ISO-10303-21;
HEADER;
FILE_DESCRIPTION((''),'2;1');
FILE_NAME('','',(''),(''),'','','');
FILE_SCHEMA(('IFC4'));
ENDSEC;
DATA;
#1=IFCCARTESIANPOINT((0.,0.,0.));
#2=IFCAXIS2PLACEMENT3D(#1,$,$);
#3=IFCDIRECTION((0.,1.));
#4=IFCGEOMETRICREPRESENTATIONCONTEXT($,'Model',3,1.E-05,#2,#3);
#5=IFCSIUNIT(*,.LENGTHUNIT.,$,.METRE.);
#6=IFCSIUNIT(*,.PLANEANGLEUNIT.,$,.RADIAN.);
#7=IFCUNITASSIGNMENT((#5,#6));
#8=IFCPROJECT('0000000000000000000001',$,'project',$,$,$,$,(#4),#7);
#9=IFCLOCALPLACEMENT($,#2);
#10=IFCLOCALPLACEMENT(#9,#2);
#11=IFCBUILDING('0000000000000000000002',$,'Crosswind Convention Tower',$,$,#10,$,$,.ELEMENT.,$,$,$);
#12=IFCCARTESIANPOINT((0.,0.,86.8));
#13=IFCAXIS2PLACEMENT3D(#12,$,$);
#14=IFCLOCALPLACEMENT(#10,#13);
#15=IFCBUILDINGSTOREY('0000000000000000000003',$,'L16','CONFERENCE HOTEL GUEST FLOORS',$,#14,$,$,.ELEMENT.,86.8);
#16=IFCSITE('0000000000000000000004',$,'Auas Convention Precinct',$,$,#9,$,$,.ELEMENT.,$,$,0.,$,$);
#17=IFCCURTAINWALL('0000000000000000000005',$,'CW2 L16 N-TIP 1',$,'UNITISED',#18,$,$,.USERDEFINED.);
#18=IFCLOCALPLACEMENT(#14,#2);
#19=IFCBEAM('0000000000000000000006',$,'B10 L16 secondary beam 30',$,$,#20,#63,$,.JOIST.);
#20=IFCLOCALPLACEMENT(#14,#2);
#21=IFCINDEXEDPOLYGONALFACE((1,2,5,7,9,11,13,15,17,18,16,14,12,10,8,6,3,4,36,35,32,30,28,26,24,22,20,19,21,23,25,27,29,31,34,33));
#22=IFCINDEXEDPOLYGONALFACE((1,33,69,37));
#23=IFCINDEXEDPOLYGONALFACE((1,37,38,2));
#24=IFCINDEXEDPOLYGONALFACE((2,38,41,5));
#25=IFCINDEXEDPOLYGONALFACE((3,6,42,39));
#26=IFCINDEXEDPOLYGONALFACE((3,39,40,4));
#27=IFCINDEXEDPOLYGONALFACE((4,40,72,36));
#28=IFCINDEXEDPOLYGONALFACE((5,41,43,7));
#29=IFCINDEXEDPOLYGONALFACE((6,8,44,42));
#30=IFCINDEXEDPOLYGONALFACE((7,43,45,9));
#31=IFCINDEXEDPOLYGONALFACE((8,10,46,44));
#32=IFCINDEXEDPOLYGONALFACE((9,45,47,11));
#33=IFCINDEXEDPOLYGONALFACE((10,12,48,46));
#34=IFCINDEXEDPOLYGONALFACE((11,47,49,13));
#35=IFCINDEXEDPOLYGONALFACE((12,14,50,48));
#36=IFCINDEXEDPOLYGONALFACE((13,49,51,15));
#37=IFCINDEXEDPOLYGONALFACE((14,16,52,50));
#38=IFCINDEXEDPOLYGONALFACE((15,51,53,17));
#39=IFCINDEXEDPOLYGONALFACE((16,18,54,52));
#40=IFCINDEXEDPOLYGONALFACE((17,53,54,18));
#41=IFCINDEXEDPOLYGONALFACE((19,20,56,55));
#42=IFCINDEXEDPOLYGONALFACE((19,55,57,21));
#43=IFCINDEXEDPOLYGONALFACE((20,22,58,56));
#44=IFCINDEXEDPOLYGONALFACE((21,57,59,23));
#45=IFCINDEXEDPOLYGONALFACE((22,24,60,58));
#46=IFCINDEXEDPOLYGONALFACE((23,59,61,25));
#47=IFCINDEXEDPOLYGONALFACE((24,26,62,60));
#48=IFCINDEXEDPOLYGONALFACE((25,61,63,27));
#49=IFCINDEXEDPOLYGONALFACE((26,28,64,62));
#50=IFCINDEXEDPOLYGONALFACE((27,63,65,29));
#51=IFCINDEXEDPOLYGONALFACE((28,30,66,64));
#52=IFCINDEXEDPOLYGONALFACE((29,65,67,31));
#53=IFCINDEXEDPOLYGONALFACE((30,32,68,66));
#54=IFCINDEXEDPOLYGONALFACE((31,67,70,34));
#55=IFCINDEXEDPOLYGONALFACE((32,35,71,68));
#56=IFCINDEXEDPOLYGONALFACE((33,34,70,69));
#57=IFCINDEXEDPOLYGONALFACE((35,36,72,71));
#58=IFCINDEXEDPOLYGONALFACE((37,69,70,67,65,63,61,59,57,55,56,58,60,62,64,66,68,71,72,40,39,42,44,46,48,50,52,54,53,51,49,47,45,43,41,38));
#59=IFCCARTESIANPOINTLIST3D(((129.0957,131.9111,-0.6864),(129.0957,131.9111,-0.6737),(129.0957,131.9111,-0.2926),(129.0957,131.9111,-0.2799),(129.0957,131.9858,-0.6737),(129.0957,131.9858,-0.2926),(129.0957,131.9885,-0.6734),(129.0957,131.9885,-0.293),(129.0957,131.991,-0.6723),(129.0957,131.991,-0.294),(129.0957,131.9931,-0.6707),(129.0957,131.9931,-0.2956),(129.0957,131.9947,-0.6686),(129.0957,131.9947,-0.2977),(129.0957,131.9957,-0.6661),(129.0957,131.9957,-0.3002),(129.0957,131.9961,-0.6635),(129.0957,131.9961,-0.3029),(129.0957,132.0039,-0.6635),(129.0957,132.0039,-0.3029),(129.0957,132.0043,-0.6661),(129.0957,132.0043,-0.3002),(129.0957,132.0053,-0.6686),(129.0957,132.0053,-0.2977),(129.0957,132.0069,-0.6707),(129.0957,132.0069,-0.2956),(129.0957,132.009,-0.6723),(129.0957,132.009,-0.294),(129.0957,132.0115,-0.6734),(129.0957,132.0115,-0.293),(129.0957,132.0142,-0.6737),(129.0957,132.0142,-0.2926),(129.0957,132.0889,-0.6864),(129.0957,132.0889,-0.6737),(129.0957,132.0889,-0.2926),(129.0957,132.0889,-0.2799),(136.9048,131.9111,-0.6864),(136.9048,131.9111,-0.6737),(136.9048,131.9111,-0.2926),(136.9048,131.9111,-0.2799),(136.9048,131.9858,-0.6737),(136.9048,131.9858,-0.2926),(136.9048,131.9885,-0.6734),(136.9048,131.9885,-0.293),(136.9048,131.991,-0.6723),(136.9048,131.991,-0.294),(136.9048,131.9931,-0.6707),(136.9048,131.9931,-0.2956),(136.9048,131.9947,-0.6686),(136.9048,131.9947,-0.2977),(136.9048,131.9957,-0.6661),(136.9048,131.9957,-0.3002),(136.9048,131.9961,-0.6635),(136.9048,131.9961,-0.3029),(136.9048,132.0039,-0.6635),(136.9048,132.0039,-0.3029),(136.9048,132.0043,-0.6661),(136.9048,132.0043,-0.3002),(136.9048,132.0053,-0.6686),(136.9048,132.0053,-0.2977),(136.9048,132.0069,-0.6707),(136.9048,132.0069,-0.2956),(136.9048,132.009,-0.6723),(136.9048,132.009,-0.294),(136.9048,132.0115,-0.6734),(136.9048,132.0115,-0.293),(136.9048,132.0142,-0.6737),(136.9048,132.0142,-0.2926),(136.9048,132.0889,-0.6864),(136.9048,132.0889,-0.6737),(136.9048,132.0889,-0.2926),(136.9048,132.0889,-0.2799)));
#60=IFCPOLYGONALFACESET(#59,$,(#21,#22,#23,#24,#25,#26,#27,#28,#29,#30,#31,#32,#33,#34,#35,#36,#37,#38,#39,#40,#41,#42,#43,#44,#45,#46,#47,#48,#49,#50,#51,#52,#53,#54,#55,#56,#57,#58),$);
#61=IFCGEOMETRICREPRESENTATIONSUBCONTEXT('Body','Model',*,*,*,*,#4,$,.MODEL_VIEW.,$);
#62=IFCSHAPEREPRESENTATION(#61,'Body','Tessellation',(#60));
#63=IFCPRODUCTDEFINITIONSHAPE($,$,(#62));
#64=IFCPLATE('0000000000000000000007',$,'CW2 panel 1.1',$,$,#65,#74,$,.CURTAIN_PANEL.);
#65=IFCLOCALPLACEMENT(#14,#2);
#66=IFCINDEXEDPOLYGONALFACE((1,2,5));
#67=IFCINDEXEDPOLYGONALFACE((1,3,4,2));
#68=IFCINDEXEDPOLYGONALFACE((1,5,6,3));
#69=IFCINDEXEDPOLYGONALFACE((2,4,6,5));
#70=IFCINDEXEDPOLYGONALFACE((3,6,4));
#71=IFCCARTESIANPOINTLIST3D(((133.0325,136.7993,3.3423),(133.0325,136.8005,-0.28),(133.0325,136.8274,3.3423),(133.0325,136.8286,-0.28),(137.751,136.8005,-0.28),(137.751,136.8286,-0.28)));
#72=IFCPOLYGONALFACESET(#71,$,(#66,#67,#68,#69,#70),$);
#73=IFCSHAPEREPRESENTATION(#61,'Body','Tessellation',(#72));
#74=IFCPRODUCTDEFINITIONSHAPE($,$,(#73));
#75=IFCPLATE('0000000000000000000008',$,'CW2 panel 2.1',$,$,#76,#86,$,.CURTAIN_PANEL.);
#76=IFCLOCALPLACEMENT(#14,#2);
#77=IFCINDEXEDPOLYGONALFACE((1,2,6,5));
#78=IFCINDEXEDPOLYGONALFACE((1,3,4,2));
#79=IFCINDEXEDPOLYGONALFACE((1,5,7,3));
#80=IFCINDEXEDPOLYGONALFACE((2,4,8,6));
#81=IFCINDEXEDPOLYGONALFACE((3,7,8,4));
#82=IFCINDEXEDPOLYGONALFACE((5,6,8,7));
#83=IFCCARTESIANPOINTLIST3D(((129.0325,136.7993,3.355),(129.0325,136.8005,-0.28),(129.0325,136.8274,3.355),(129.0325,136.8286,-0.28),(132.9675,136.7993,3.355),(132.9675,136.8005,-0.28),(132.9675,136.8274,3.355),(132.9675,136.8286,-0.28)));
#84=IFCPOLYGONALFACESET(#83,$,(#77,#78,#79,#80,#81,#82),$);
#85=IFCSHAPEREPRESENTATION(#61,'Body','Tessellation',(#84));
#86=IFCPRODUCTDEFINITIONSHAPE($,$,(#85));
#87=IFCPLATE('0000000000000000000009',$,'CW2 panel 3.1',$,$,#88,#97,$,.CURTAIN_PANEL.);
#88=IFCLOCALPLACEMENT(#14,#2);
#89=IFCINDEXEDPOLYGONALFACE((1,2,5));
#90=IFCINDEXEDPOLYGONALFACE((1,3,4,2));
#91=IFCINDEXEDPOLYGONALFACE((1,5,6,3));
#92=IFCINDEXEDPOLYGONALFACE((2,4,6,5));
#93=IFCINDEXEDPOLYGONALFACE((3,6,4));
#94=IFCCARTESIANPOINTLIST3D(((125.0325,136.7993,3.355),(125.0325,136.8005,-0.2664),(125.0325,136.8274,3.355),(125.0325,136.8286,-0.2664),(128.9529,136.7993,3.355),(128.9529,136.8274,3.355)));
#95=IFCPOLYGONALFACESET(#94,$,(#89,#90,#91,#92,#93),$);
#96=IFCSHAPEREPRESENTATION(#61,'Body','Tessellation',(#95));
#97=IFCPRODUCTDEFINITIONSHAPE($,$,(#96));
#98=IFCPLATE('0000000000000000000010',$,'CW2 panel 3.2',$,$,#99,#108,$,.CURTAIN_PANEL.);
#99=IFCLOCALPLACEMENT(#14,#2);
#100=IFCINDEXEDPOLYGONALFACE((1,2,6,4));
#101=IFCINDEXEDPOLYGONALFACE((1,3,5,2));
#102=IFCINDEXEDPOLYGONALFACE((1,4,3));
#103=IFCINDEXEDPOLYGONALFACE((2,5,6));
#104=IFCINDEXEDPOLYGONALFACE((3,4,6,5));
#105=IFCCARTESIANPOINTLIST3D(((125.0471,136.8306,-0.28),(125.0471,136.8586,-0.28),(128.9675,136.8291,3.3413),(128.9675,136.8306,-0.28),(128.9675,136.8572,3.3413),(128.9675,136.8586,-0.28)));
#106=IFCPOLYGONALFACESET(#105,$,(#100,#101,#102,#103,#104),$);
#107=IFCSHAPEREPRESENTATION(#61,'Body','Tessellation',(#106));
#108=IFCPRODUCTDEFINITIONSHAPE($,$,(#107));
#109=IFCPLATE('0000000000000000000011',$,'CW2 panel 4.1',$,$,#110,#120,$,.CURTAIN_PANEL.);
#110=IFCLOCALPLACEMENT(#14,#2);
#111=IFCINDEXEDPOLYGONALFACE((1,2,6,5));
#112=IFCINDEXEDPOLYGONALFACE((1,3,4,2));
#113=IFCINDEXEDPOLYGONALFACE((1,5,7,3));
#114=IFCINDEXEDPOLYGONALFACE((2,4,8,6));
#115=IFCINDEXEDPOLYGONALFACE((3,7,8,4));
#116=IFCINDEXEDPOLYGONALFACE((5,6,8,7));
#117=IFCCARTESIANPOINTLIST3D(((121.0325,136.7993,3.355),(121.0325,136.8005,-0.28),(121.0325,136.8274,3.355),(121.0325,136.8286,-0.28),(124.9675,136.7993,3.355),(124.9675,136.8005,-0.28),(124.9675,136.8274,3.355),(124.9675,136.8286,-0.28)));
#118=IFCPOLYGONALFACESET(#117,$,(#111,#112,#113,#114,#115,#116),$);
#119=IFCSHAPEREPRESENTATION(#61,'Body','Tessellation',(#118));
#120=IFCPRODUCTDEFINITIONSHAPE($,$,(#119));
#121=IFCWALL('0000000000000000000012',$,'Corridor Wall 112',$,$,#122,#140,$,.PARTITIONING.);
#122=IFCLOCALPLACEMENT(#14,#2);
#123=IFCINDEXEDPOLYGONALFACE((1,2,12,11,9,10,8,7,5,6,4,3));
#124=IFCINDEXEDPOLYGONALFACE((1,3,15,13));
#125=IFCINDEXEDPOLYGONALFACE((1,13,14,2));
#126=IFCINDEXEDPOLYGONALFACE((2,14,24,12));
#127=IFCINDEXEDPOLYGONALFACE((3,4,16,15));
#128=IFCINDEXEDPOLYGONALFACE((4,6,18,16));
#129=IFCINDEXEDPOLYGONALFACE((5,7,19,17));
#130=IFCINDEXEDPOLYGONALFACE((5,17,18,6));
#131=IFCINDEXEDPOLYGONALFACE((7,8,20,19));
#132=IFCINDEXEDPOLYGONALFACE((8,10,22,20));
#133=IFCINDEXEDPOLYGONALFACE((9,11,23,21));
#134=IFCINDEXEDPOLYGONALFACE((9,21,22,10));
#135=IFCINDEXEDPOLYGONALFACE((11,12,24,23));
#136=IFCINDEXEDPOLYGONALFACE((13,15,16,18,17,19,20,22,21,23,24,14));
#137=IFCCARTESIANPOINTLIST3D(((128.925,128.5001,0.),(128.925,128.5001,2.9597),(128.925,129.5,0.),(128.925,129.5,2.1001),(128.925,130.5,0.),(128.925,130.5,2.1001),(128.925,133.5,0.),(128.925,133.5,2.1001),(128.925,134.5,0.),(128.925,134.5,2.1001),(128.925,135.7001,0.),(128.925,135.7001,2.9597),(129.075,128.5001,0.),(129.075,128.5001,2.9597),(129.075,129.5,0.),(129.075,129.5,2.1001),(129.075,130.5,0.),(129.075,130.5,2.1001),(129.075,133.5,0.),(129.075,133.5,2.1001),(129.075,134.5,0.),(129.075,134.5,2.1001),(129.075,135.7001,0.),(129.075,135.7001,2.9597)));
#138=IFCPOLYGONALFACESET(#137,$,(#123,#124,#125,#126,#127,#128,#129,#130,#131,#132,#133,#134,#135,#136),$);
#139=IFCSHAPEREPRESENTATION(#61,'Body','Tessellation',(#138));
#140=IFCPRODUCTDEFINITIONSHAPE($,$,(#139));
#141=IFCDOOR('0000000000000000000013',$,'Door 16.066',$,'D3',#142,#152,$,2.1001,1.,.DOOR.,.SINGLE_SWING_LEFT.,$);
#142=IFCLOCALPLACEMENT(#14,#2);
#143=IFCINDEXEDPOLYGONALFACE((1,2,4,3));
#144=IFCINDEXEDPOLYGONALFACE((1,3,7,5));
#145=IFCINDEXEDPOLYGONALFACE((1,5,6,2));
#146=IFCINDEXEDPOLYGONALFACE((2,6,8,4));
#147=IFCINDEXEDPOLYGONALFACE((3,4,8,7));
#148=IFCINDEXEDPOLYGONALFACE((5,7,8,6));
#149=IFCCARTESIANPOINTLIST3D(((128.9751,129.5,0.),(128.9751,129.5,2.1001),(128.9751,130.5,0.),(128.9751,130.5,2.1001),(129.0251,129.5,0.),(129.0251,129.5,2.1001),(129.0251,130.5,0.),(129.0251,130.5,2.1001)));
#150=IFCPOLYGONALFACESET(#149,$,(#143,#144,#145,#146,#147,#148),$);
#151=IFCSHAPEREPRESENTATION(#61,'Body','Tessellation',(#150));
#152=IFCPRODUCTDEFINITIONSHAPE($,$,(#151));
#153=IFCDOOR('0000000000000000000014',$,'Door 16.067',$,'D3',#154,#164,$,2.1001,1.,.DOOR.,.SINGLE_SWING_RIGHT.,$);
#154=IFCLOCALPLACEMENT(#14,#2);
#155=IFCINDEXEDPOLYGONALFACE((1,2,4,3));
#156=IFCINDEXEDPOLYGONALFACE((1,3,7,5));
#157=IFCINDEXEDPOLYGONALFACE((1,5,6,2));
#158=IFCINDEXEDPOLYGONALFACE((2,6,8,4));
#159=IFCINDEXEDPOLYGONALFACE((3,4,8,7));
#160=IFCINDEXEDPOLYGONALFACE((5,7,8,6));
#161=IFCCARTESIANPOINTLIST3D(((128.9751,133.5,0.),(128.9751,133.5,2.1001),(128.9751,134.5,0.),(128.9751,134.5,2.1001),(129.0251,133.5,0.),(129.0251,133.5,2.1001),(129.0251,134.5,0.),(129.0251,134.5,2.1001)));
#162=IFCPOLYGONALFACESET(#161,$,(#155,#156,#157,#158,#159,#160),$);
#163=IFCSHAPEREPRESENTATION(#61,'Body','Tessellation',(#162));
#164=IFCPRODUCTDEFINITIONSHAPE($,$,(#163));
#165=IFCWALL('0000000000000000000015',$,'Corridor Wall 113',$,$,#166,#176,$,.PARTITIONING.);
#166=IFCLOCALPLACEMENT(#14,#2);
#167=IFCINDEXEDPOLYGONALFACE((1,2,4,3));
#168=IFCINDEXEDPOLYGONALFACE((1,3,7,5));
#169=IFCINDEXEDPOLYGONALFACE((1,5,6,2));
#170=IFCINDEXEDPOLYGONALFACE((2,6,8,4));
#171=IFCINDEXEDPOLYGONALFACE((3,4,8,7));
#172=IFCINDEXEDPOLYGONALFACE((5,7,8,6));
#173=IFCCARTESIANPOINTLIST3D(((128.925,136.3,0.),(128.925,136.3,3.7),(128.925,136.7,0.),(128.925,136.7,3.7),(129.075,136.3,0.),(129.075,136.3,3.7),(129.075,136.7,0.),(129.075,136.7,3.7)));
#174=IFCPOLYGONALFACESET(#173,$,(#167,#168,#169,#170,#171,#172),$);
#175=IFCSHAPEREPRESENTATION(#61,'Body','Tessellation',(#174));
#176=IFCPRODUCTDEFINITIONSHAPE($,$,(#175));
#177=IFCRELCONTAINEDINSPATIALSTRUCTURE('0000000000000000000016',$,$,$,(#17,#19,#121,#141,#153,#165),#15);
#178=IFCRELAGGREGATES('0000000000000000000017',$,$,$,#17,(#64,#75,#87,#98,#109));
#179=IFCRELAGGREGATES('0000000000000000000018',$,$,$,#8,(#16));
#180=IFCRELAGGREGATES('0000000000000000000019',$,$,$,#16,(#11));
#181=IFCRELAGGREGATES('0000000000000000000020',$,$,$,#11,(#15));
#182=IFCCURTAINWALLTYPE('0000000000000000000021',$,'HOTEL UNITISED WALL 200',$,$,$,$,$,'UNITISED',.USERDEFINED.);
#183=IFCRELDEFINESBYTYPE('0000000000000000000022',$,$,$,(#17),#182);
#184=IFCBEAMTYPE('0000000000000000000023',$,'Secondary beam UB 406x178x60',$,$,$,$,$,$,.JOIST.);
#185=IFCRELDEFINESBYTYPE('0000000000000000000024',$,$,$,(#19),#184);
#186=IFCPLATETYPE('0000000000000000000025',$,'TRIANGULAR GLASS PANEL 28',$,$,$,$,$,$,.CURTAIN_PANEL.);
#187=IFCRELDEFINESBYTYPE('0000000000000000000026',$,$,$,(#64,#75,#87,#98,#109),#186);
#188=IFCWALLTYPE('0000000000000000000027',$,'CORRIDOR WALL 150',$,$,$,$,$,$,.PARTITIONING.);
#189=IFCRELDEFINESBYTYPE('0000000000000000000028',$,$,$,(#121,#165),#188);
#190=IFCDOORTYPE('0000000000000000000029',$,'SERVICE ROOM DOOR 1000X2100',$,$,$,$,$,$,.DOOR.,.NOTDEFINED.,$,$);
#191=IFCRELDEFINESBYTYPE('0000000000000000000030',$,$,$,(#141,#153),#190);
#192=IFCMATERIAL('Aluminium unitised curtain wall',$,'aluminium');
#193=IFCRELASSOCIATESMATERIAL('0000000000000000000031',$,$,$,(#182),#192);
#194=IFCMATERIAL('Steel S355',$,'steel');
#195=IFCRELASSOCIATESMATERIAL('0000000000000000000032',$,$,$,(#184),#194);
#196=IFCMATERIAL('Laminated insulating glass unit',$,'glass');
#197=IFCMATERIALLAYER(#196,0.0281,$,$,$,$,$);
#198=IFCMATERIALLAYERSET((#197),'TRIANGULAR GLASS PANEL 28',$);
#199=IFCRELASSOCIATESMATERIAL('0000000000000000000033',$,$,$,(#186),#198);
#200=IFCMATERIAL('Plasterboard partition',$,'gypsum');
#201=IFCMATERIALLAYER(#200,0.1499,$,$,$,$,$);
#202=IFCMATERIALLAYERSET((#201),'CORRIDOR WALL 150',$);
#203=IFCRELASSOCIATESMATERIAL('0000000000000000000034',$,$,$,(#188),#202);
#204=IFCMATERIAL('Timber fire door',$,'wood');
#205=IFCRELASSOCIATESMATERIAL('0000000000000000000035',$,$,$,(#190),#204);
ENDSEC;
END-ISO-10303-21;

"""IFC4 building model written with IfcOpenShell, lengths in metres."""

from ifc_helpers import new_model, si_unit, direction, frame, frame_2d, origin, origin_2d, place, context, subcontext, project, spatial, polyline, rectangle, i_section, outline, extrude, material, layer, layer_set, material_profile, profile_set, type_object, element, fill, aggregate, save


model = new_model("IFC4")

# Units and contexts
model_context = context("Model", 3, precision=1e-05, world=origin(), true_north=direction((0.0, 1.0)))
body_context = subcontext(model_context, "Body", "Model", "MODEL_VIEW")
ifc_project = project(units=[si_unit("LENGTHUNIT", "METRE"), si_unit("PLANEANGLEUNIT", "RADIAN")], contexts=[model_context])

# Site, building, storey
site_placement = place(None, origin())
site = spatial("IfcSite", under=ifc_project, at=site_placement, Name="Auas Convention Precinct", CompositionType="ELEMENT", RefElevation=0.0)
building_placement = place(site_placement, origin())
building = spatial("IfcBuilding", under=site, at=building_placement, Name="Crosswind Convention Tower", CompositionType="ELEMENT")
storey_placement = place(building_placement, frame((0.0, 0.0, 86.8)))
storey = spatial("IfcBuildingStorey", under=building, at=storey_placement, Name="L16", Description="CONFERENCE HOTEL GUEST FLOORS", CompositionType="ELEMENT", Elevation=86.8)

# Shared definitions
ifc_material_1 = material(Name="Steel S355", Category="steel")

# Curtain wall
ifc_material_2 = material(Name="Aluminium unitised curtain wall", Category="aluminium")
curtain_wall_type = type_object("IfcCurtainWallType", Name="HOTEL UNITISED WALL 200", ElementType="UNITISED", PredefinedType="USERDEFINED", material=ifc_material_2)
curtain_wall_placement = place(storey_placement, origin())
curtain_wall = element("IfcCurtainWall", 1, at=curtain_wall_placement, inside=storey, type_object=curtain_wall_type, Name="CW2 L16 N-TIP 1", ObjectType="UNITISED", PredefinedType="USERDEFINED")

# Beam
ifc_material_profile_1 = material_profile(ifc_material_1, i_section(OverallWidth=0.1777, OverallDepth=0.4065, WebThickness=0.0078, FlangeThickness=0.0127, FilletRadius=0.0103, at=origin_2d()), Name="UB 406x178x60")
ifc_profile_set_1 = profile_set([ifc_material_profile_1], Name="Steel S355")
beam_type_1 = type_object("IfcBeamType", Name="Secondary beam UB 406x178x60", PredefinedType="JOIST", material=ifc_profile_set_1)
beam_1_placement = place(storey_placement, frame((129.0957, 132.0, -0.4832), z_axis=(1.0, 0.0, 0.0), x_axis=(0.0, 1.0, 0.0)))
element("IfcBeam", 2, at=beam_1_placement, inside=storey, type_object=beam_type_1, Name="B10 L16 secondary beam 30", PredefinedType="JOIST", context=body_context, shape_type="SweptSolid", body=[
    extrude(i_section(OverallWidth=0.1777, OverallDepth=0.4065, WebThickness=0.0078, FlangeThickness=0.0127, FilletRadius=0.0103, at=origin_2d()), origin(), (0.0, 0.0, 1.0), 7.8091),
])

# Plates
ifc_material_3 = material(Name="Laminated insulating glass unit", Category="glass")
ifc_layer_1 = layer(ifc_material_3, 0.0281)
ifc_layer_set_1 = layer_set([ifc_layer_1], Name="TRIANGULAR GLASS PANEL 28")
plate_type = type_object("IfcPlateType", Name="TRIANGULAR GLASS PANEL 28", PredefinedType="CURTAIN_PANEL", material=ifc_layer_set_1)
plate_1_placement = place(storey_placement, frame((133.0325, 136.8286, -0.28), z_axis=(0.0, 1.0, 0.000337), x_axis=(0.0, -0.000337, 1.0)))
plate_1 = element("IfcPlate", 3, at=plate_1_placement, type_object=plate_type, Name="CW2 panel 1.1", PredefinedType="CURTAIN_PANEL", context=body_context, shape_type="SweptSolid", body=[
    extrude(outline(polyline([(0.0, 0.0), (3.6223, 0.0), (0.0, 4.7185), (0.0, 0.0)])), origin(), (0.0, 0.0, -1.0), 0.0281),
])
plate_2_placement = place(storey_placement, frame((132.9675, 136.8286, -0.28), z_axis=(0.0, 1.0, 0.000336), x_axis=(-1.0, 0.0, 0.0)))
plate_2 = element("IfcPlate", 4, at=plate_2_placement, type_object=plate_type, Name="CW2 panel 2.1", PredefinedType="CURTAIN_PANEL", context=body_context, shape_type="SweptSolid", body=[
    extrude(outline(polyline([(0.0, 0.0), (3.9351, 0.0), (3.9351, 3.635), (0.0, 3.635), (0.0, 0.0)])), origin(), (0.0, 0.0, -1.0), 0.0281),
])
plate_3_placement = place(storey_placement, frame((125.0325, 136.8274, 3.355), z_axis=(0.0, 1.0, 0.000337), x_axis=(1.0, 0.0, 0.0)))
plate_3 = element("IfcPlate", 5, at=plate_3_placement, type_object=plate_type, Name="CW2 panel 3.1", PredefinedType="CURTAIN_PANEL", context=body_context, shape_type="SweptSolid", body=[
    extrude(outline(polyline([(0.0, 0.0), (3.9204, 0.0), (0.0, 3.6213), (0.0, 0.0)])), origin(), (0.0, 0.0, -1.0), 0.0281),
])
plate_4_placement = place(storey_placement, frame((128.9675, 136.8586, -0.28), z_axis=(0.0, 1.0, 0.000405), x_axis=(-1.0, 0.0, 0.0)))
plate_4 = element("IfcPlate", 6, at=plate_4_placement, type_object=plate_type, Name="CW2 panel 3.2", PredefinedType="CURTAIN_PANEL", context=body_context, shape_type="SweptSolid", body=[
    extrude(outline(polyline([(0.0, 0.0), (3.9204, 0.0), (0.0, 3.6213), (0.0, 0.0)])), origin(), (0.0, 0.0, -1.0), 0.0281),
])
plate_5_placement = place(storey_placement, frame((124.9675, 136.8286, -0.28), z_axis=(0.0, 1.0, 0.000336), x_axis=(-1.0, 0.0, 0.0)))
plate_5 = element("IfcPlate", 7, at=plate_5_placement, type_object=plate_type, Name="CW2 panel 4.1", PredefinedType="CURTAIN_PANEL", context=body_context, shape_type="SweptSolid", body=[
    extrude(outline(polyline([(0.0, 0.0), (3.9351, 0.0), (3.9351, 3.635), (0.0, 3.635), (0.0, 0.0)])), origin(), (0.0, 0.0, -1.0), 0.0281),
])
aggregate(curtain_wall, [plate_1, plate_2, plate_3, plate_4, plate_5])

# Wall, openings, doors
ifc_material_4 = material(Name="Plasterboard partition", Category="gypsum")
ifc_layer_2 = layer(ifc_material_4, 0.1499)
ifc_layer_set_2 = layer_set([ifc_layer_2], Name="CORRIDOR WALL 150")
wall_type_1 = type_object("IfcWallType", Name="CORRIDOR WALL 150", PredefinedType="PARTITIONING", material=ifc_layer_set_2)
wall_1_placement = place(storey_placement, frame((129.0, 128.5, 0.0), z_axis=(0.0, 0.0, 1.0), x_axis=(0.0, 1.0, 0.0)))
wall_1 = element("IfcWall", 8, at=wall_1_placement, inside=storey, type_object=wall_type_1, Name="Corridor Wall 112", PredefinedType="PARTITIONING", context=body_context, shape_type="SweptSolid", body=[
    extrude(rectangle(XDim=7.2, YDim=0.1499, at=frame_2d((3.6001, 0.0))), origin(), (0.0, 0.0, 1.0), 2.9597),
])
opening_1_placement = place(wall_1_placement, frame((1.0, 0.0, 0.0)))
opening_1 = element("IfcOpeningElement", 9, at=opening_1_placement, cuts=wall_1, PredefinedType="OPENING", context=body_context, shape_type="SweptSolid", body=[
    extrude(rectangle(XDim=1.0, YDim=2.1001, at=frame_2d((0.5, 1.05))), frame((0.0, 0.085, 0.0), z_axis=(0.0, -1.0, 0.0), x_axis=(1.0, 0.0, 0.0)), (0.0, 0.0, 1.0), 0.1699),
])
opening_2_placement = place(wall_1_placement, frame((5.0, 0.0, 0.0)))
opening_2 = element("IfcOpeningElement", 10, at=opening_2_placement, cuts=wall_1, PredefinedType="OPENING", context=body_context, shape_type="SweptSolid", body=[
    extrude(rectangle(XDim=1.0, YDim=2.1001, at=frame_2d((0.5, 1.05))), frame((0.0, 0.085, 0.0), z_axis=(0.0, -1.0, 0.0), x_axis=(1.0, 0.0, 0.0)), (0.0, 0.0, 1.0), 0.1699),
])
ifc_material_5 = material(Name="Timber fire door", Category="wood")
door_type = type_object("IfcDoorType", Name="SERVICE ROOM DOOR 1000X2100", OperationType="NOTDEFINED", PredefinedType="DOOR", material=ifc_material_5)
door_1_placement = place(opening_1_placement, origin())
door_1 = element("IfcDoor", 11, at=door_1_placement, inside=storey, type_object=door_type, Name="Door 16.066", ObjectType="D3", OperationType="SINGLE_SWING_LEFT", OverallHeight=2.1001, OverallWidth=1.0, PredefinedType="DOOR", context=body_context, shape_type="SweptSolid", body=[
    extrude(rectangle(XDim=1.0, YDim=2.1001, at=frame_2d((0.5, 1.05))), frame((0.0, 0.0249, 0.0), z_axis=(0.0, -1.0, 0.0), x_axis=(1.0, 0.0, 0.0)), (0.0, 0.0, 1.0), 0.05),
])
fill(opening_1, door_1)
door_2_placement = place(opening_2_placement, origin())
door_2 = element("IfcDoor", 12, at=door_2_placement, inside=storey, type_object=door_type, Name="Door 16.067", ObjectType="D3", OperationType="SINGLE_SWING_RIGHT", OverallHeight=2.1001, OverallWidth=1.0, PredefinedType="DOOR", context=body_context, shape_type="SweptSolid", body=[
    extrude(rectangle(XDim=1.0, YDim=2.1001, at=frame_2d((0.5, 1.05))), frame((0.0, 0.0249, 0.0), z_axis=(0.0, -1.0, 0.0), x_axis=(1.0, 0.0, 0.0)), (0.0, 0.0, 1.0), 0.05),
])
fill(opening_2, door_2)

# Wall
wall_2_placement = place(storey_placement, frame((129.0, 136.3, 0.0), z_axis=(0.0, 0.0, 1.0), x_axis=(0.0, 1.0, 0.0)))
element("IfcWall", 13, at=wall_2_placement, inside=storey, type_object=wall_type_1, Name="Corridor Wall 113", PredefinedType="PARTITIONING", context=body_context, shape_type="SweptSolid", body=[
    extrude(rectangle(XDim=0.3999, YDim=0.1499, at=frame_2d((0.2, 0.0))), origin(), (0.0, 0.0, 1.0), 3.7),
])

save(model, "model.ifc")
